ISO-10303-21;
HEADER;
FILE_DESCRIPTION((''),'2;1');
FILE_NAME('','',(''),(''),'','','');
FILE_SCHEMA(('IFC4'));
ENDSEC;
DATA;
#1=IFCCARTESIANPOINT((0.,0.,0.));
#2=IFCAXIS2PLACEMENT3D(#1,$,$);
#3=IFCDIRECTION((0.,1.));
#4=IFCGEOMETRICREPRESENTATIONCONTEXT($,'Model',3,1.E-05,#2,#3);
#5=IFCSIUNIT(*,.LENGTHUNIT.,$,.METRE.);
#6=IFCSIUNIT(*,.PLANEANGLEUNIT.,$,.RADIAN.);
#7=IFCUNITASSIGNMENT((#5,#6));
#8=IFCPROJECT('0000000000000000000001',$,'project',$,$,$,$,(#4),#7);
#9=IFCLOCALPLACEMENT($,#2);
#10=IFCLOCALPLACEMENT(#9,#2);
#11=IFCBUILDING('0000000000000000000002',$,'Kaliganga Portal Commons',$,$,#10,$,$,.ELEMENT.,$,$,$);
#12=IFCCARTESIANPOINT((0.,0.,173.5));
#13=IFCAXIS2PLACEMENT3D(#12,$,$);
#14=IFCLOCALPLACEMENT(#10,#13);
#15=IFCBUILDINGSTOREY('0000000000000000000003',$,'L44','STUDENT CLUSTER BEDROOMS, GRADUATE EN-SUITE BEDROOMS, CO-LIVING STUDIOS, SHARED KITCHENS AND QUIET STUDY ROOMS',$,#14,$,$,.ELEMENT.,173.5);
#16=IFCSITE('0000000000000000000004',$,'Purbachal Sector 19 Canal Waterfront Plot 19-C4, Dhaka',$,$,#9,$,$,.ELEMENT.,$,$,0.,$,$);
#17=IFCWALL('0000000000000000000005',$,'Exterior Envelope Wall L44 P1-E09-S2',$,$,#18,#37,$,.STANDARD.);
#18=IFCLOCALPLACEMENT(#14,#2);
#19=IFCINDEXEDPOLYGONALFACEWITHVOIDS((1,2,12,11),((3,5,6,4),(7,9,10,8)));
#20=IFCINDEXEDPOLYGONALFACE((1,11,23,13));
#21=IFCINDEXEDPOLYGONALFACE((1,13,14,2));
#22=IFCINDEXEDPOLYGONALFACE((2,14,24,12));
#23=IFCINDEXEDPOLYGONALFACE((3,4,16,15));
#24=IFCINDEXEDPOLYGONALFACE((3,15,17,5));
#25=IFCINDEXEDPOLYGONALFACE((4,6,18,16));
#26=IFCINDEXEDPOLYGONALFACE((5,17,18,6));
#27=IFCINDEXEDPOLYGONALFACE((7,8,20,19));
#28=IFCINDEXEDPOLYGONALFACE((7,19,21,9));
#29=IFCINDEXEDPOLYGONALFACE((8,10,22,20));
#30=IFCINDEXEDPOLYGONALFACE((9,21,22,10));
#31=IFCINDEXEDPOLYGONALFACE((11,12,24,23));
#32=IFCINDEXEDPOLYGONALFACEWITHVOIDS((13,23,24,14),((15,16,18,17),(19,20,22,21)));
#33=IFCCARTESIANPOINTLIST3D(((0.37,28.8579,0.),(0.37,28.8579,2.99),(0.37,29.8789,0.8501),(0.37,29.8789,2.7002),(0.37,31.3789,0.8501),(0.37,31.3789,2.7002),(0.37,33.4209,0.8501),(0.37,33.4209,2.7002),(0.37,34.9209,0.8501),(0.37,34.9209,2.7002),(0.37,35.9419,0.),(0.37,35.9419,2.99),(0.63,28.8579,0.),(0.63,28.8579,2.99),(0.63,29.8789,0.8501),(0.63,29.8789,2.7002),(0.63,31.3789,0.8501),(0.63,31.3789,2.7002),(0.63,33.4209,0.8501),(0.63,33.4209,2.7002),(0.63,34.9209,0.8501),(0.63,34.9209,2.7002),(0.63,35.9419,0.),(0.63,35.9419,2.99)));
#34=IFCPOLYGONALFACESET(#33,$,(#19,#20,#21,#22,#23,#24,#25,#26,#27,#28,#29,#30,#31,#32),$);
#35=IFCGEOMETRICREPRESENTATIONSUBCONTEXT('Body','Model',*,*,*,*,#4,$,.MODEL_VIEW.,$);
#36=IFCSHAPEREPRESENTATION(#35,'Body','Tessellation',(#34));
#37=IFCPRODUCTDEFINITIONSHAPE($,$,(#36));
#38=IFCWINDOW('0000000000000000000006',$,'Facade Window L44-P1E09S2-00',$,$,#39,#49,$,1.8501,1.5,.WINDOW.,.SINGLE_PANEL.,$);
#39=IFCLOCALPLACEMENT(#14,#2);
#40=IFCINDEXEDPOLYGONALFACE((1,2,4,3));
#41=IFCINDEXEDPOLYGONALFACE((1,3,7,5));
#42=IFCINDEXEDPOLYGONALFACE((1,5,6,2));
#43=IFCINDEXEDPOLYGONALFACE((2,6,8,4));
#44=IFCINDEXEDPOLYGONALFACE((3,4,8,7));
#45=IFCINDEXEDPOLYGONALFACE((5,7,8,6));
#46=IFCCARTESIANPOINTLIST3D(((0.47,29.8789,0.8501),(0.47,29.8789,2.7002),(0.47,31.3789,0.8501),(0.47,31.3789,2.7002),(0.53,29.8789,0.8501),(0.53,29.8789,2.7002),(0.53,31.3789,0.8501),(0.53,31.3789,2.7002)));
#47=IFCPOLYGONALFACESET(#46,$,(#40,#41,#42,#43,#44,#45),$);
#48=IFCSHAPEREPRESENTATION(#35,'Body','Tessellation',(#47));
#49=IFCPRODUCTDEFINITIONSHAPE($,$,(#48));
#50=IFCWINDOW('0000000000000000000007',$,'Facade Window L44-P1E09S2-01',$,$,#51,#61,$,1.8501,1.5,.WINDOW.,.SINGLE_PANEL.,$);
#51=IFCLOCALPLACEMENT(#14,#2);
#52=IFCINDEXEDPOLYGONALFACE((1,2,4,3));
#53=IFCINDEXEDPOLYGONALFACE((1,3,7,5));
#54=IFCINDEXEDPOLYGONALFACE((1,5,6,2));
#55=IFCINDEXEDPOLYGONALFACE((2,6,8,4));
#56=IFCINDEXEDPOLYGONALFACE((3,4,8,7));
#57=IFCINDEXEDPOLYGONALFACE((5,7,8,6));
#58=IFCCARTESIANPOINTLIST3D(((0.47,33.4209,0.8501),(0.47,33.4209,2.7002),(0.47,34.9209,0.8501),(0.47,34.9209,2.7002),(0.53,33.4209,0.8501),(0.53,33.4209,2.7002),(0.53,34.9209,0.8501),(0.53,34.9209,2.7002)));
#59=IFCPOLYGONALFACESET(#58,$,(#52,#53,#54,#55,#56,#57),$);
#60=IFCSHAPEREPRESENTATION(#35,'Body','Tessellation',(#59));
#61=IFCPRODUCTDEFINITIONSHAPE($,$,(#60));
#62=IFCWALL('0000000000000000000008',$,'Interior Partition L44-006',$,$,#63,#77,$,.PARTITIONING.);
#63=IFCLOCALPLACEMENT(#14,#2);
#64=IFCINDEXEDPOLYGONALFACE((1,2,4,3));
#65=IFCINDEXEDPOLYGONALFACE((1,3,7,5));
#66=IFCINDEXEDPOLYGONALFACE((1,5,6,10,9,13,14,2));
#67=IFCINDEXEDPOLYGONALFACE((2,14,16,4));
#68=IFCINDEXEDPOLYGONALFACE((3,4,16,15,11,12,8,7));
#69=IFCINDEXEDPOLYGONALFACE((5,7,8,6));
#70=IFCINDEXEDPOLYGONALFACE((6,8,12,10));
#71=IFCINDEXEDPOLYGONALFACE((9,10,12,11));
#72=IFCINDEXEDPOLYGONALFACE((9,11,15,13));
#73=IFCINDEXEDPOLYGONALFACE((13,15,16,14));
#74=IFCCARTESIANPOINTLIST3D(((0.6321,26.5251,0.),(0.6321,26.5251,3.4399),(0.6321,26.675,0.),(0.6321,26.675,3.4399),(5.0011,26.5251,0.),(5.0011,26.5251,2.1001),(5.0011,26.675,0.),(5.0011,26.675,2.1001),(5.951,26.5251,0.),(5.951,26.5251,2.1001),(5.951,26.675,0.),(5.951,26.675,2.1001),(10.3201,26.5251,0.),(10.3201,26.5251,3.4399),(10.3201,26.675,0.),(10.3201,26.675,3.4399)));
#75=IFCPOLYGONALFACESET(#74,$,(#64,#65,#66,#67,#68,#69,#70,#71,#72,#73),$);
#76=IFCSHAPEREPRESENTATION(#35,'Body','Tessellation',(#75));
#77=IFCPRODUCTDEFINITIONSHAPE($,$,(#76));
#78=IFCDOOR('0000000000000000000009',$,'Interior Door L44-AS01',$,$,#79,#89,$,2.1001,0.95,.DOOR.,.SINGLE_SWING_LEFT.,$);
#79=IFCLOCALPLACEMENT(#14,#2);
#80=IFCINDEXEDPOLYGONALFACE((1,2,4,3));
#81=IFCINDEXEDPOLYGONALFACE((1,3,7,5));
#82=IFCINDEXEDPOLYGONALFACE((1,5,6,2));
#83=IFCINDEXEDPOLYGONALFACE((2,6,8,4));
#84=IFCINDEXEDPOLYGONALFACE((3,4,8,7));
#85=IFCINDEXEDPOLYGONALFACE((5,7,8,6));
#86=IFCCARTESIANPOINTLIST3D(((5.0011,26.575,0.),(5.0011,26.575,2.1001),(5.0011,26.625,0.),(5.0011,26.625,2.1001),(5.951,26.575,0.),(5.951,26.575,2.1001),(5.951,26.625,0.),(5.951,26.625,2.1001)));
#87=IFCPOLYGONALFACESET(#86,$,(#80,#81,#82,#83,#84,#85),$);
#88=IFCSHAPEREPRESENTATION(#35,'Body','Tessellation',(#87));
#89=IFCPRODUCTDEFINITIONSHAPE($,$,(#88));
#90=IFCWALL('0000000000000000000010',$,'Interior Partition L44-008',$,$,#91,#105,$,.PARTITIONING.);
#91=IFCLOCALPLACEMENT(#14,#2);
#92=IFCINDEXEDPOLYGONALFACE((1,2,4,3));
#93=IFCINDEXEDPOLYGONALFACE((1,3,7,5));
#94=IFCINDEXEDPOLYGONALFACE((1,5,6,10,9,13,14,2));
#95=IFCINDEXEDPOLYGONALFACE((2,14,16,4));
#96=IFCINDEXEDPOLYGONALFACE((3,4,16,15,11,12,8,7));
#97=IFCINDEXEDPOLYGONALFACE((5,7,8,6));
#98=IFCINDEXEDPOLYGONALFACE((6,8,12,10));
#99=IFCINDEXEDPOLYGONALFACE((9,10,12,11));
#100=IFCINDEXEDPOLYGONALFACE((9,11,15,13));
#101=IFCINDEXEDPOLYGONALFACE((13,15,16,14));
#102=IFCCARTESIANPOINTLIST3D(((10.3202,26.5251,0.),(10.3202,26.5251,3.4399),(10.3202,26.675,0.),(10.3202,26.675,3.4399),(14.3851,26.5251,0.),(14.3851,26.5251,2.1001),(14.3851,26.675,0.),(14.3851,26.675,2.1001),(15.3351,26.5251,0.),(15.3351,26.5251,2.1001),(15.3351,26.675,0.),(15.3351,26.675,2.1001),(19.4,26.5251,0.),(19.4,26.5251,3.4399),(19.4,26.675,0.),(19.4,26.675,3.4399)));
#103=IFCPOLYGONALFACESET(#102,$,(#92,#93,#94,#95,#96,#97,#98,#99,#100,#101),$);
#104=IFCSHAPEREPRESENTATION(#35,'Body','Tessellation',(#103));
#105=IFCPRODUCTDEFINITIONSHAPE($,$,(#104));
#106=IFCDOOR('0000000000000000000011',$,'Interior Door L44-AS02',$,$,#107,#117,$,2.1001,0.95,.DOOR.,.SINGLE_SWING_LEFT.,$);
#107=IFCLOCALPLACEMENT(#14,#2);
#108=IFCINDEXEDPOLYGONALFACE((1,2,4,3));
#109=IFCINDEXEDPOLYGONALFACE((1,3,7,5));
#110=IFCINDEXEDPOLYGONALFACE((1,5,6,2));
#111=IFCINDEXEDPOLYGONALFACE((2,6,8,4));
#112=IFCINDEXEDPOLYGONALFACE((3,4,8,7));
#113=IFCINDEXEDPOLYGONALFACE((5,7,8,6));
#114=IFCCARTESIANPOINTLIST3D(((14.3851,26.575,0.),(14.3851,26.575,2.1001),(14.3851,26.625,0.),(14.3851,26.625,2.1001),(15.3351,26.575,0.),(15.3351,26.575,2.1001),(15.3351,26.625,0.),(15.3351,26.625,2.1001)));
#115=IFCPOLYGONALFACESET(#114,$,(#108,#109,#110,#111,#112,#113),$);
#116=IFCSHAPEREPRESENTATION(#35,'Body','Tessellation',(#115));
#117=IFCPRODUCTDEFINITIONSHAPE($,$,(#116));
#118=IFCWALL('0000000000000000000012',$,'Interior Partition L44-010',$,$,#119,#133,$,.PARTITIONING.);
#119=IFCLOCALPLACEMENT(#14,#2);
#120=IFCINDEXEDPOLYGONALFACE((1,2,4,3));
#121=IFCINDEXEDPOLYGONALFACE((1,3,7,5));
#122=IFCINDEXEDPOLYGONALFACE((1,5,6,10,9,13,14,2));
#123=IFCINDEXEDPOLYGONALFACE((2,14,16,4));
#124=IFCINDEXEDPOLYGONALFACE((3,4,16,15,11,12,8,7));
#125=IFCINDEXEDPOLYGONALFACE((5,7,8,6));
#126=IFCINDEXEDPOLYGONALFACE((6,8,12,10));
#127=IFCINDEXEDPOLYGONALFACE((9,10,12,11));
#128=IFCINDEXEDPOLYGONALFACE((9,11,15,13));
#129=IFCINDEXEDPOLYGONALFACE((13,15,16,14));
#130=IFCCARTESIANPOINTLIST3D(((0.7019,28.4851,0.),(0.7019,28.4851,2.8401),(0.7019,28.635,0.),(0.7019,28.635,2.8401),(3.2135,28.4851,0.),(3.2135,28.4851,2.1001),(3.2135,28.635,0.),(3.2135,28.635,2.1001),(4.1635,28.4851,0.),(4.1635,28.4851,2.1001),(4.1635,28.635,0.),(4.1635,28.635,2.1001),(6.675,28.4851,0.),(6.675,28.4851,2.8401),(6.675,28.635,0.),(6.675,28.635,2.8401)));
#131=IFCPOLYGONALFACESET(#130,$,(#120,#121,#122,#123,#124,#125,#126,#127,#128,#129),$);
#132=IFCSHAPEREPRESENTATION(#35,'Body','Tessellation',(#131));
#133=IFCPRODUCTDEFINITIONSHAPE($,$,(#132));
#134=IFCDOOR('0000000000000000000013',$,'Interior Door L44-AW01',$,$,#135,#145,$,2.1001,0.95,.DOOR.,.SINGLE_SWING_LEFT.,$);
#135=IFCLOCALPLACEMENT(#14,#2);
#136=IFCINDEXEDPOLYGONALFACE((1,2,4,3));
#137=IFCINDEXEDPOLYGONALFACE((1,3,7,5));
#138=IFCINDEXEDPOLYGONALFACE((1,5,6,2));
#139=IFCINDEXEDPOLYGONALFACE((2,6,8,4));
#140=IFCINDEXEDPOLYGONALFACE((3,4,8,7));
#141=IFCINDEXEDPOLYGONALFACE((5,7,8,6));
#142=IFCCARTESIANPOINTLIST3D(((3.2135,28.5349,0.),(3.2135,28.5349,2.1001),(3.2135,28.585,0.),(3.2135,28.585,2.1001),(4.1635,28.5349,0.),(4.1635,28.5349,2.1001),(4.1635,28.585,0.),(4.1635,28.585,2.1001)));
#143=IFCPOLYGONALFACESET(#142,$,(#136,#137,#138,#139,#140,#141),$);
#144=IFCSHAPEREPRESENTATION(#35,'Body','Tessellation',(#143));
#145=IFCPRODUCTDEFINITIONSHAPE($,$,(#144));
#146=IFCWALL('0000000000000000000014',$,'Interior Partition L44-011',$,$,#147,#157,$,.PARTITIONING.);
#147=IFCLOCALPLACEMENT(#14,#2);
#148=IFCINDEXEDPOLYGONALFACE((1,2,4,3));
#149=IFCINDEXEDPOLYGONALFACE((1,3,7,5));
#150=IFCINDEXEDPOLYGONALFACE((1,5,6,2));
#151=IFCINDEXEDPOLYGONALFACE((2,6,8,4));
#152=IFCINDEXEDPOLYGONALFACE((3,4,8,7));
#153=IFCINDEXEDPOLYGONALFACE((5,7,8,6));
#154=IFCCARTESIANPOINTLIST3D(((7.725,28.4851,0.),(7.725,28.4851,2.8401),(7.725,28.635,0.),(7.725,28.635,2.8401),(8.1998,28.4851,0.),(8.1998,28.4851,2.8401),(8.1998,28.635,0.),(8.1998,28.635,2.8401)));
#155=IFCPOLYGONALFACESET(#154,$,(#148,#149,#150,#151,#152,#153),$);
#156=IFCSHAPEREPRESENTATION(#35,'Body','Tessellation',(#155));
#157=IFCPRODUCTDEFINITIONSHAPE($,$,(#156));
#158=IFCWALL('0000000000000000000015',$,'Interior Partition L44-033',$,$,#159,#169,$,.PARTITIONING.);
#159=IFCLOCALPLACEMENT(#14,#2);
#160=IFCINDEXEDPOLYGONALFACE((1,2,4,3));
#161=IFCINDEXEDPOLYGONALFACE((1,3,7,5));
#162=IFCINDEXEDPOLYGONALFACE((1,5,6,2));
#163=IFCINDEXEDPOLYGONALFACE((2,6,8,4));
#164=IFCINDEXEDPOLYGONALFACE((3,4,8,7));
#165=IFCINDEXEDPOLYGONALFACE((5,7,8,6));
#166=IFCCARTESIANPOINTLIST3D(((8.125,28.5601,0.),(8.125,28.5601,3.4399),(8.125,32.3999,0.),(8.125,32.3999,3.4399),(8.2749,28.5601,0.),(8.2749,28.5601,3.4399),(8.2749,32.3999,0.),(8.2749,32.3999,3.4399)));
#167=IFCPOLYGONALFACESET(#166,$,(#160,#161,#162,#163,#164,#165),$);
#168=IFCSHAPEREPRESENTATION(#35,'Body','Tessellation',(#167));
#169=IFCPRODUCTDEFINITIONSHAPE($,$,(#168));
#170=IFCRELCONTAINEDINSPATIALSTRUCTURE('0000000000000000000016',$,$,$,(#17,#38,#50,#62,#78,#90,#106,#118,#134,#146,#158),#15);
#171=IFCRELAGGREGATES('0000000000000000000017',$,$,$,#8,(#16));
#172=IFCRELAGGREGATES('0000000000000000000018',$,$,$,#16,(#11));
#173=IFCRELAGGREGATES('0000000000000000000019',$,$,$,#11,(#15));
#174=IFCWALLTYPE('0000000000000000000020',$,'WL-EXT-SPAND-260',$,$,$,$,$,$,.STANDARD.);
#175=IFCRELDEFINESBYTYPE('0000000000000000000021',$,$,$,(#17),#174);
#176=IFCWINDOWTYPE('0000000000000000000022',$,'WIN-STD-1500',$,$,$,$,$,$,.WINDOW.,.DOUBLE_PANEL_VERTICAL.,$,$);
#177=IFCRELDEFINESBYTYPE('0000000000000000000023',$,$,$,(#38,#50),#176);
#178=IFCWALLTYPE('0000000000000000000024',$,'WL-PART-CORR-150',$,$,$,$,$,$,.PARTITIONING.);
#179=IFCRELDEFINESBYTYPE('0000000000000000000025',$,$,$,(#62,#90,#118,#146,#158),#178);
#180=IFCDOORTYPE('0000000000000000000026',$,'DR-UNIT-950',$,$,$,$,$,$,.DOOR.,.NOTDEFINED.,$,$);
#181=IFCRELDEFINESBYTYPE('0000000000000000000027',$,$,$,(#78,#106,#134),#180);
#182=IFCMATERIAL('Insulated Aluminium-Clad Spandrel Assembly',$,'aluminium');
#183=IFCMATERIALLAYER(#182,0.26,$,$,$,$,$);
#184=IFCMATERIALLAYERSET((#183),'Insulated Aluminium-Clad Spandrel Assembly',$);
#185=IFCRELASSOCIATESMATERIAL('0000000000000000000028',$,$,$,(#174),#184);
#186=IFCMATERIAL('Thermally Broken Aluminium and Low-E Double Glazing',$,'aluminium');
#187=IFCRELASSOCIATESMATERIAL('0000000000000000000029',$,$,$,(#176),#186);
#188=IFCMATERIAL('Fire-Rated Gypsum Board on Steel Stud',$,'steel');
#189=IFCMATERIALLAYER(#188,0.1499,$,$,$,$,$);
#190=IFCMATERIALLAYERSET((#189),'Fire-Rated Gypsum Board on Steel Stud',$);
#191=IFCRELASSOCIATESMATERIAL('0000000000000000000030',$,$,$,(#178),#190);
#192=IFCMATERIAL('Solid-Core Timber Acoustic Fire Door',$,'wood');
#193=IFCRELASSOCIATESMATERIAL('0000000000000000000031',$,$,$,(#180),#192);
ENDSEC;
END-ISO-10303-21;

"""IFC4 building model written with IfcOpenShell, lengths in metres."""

from ifc_helpers import new_model, si_unit, direction, frame, frame_2d, origin, place, context, subcontext, project, spatial, rectangle, extrude, material, layer, layer_set, type_object, element, fill, save


model = new_model("IFC4")

# Units and contexts
model_context = context("Model", 3, precision=1e-05, world=origin(), true_north=direction((0.0, 1.0)))
body_context = subcontext(model_context, "Body", "Model", "MODEL_VIEW")
ifc_project = project(units=[si_unit("LENGTHUNIT", "METRE"), si_unit("PLANEANGLEUNIT", "RADIAN")], contexts=[model_context])

# Site, building, storey
site_placement = place(None, origin())
site = spatial("IfcSite", under=ifc_project, at=site_placement, Name="Purbachal Sector 19 Canal Waterfront Plot 19-C4, Dhaka", CompositionType="ELEMENT", RefElevation=0.0)
building_placement = place(site_placement, origin())
building = spatial("IfcBuilding", under=site, at=building_placement, Name="Kaliganga Portal Commons", CompositionType="ELEMENT")
storey_placement = place(building_placement, frame((0.0, 0.0, 173.5)))
storey = spatial("IfcBuildingStorey", under=building, at=storey_placement, Name="L44", Description="STUDENT CLUSTER BEDROOMS, GRADUATE EN-SUITE BEDROOMS, CO-LIVING STUDIOS, SHARED KITCHENS AND QUIET STUDY ROOMS", CompositionType="ELEMENT", Elevation=173.5)

# Wall, openings, windows
ifc_material_1 = material(Name="Insulated Aluminium-Clad Spandrel Assembly", Category="aluminium")
ifc_layer_1 = layer(ifc_material_1, 0.26)
ifc_layer_set_1 = layer_set([ifc_layer_1], Name="Insulated Aluminium-Clad Spandrel Assembly")
wall_type_1 = type_object("IfcWallType", Name="WL-EXT-SPAND-260", PredefinedType="STANDARD", material=ifc_layer_set_1)
wall_1_placement = place(storey_placement, frame((0.5, 28.8579, 0.0), z_axis=(0.0, 0.0, 1.0), x_axis=(0.0, 1.0, 0.0)))
wall_1 = element("IfcWall", 1, at=wall_1_placement, inside=storey, type_object=wall_type_1, Name="Exterior Envelope Wall L44 P1-E09-S2", PredefinedType="STANDARD", context=body_context, shape_type="SweptSolid", body=[
    extrude(rectangle(XDim=7.084, YDim=0.26, at=frame_2d((3.542, 0.0))), origin(), (0.0, 0.0, 1.0), 2.99),
])
opening_1_placement = place(wall_1_placement, frame((1.021, 0.0, 0.8501)))
opening_1 = element("IfcOpeningElement", 2, at=opening_1_placement, cuts=wall_1, PredefinedType="OPENING", context=body_context, shape_type="SweptSolid", body=[
    extrude(rectangle(XDim=1.5, YDim=1.8501, at=frame_2d((0.75, 0.925))), frame((0.0, 0.1401, 0.0), z_axis=(0.0, -1.0, 0.0), x_axis=(1.0, 0.0, 0.0)), (0.0, 0.0, 1.0), 0.28),
])
opening_2_placement = place(wall_1_placement, frame((4.563, 0.0, 0.8501)))
opening_2 = element("IfcOpeningElement", 3, at=opening_2_placement, cuts=wall_1, PredefinedType="OPENING", context=body_context, shape_type="SweptSolid", body=[
    extrude(rectangle(XDim=1.5, YDim=1.8501, at=frame_2d((0.75, 0.925))), frame((0.0, 0.1401, 0.0), z_axis=(0.0, -1.0, 0.0), x_axis=(1.0, 0.0, 0.0)), (0.0, 0.0, 1.0), 0.28),
])
ifc_material_2 = material(Name="Thermally Broken Aluminium and Low-E Double Glazing", Category="aluminium")
window_type = type_object("IfcWindowType", Name="WIN-STD-1500", PartitioningType="DOUBLE_PANEL_VERTICAL", PredefinedType="WINDOW", material=ifc_material_2)
window_1_placement = place(opening_1_placement, origin())
window_1 = element("IfcWindow", 4, at=window_1_placement, inside=storey, type_object=window_type, Name="Facade Window L44-P1E09S2-00", OverallHeight=1.8501, OverallWidth=1.5, PartitioningType="SINGLE_PANEL", PredefinedType="WINDOW", context=body_context, shape_type="SweptSolid", body=[
    extrude(rectangle(XDim=1.5, YDim=1.8501, at=frame_2d((0.75, 0.925))), frame((0.0, 0.03, 0.0), z_axis=(0.0, -1.0, 0.0), x_axis=(1.0, 0.0, 0.0)), (0.0, 0.0, 1.0), 0.0601),
])
fill(opening_1, window_1)
window_2_placement = place(opening_2_placement, origin())
window_2 = element("IfcWindow", 5, at=window_2_placement, inside=storey, type_object=window_type, Name="Facade Window L44-P1E09S2-01", OverallHeight=1.8501, OverallWidth=1.5, PartitioningType="SINGLE_PANEL", PredefinedType="WINDOW", context=body_context, shape_type="SweptSolid", body=[
    extrude(rectangle(XDim=1.5, YDim=1.8501, at=frame_2d((0.75, 0.925))), frame((0.0, 0.03, 0.0), z_axis=(0.0, -1.0, 0.0), x_axis=(1.0, 0.0, 0.0)), (0.0, 0.0, 1.0), 0.0601),
])
fill(opening_2, window_2)

# Walls, openings, doors
ifc_material_3 = material(Name="Fire-Rated Gypsum Board on Steel Stud", Category="steel")
ifc_layer_2 = layer(ifc_material_3, 0.1499)
ifc_layer_set_2 = layer_set([ifc_layer_2], Name="Fire-Rated Gypsum Board on Steel Stud")
wall_type_2 = type_object("IfcWallType", Name="WL-PART-CORR-150", PredefinedType="PARTITIONING", material=ifc_layer_set_2)
wall_2_placement = place(storey_placement, frame((0.6321, 26.6001, 0.0), z_axis=(0.0, 0.0, 1.0), x_axis=(1.0, 0.0, 0.0)))
wall_2 = element("IfcWall", 6, at=wall_2_placement, inside=storey, type_object=wall_type_2, Name="Interior Partition L44-006", PredefinedType="PARTITIONING", context=body_context, shape_type="SweptSolid", body=[
    extrude(rectangle(XDim=9.688, YDim=0.1499, at=frame_2d((4.844, 0.0))), origin(), (0.0, 0.0, 1.0), 3.4399),
])
opening_3_placement = place(wall_2_placement, frame((4.3689, 0.0, 0.0)))
opening_3 = element("IfcOpeningElement", 7, at=opening_3_placement, cuts=wall_2, PredefinedType="OPENING", context=body_context, shape_type="SweptSolid", body=[
    extrude(rectangle(XDim=0.95, YDim=2.1001, at=frame_2d((0.4751, 1.05))), frame((0.0, 0.085, 0.0), z_axis=(0.0, -1.0, 0.0), x_axis=(1.0, 0.0, 0.0)), (0.0, 0.0, 1.0), 0.1699),
])
ifc_material_4 = material(Name="Solid-Core Timber Acoustic Fire Door", Category="wood")
door_type_1 = type_object("IfcDoorType", Name="DR-UNIT-950", OperationType="NOTDEFINED", PredefinedType="DOOR", material=ifc_material_4)
door_1_placement = place(opening_3_placement, origin())
door_1 = element("IfcDoor", 8, at=door_1_placement, inside=storey, type_object=door_type_1, Name="Interior Door L44-AS01", OperationType="SINGLE_SWING_LEFT", OverallHeight=2.1001, OverallWidth=0.95, PredefinedType="DOOR", context=body_context, shape_type="SweptSolid", body=[
    extrude(rectangle(XDim=0.95, YDim=2.1001, at=frame_2d((0.4751, 1.05))), frame((0.0, 0.0249, 0.0), z_axis=(0.0, -1.0, 0.0), x_axis=(1.0, 0.0, 0.0)), (0.0, 0.0, 1.0), 0.05),
])
fill(opening_3, door_1)
wall_3_placement = place(storey_placement, frame((10.3201, 26.6001, 0.0), z_axis=(0.0, 0.0, 1.0), x_axis=(1.0, 0.0, 0.0)))
wall_3 = element("IfcWall", 9, at=wall_3_placement, inside=storey, type_object=wall_type_2, Name="Interior Partition L44-008", PredefinedType="PARTITIONING", context=body_context, shape_type="SweptSolid", body=[
    extrude(rectangle(XDim=9.0798, YDim=0.1499, at=frame_2d((4.54, 0.0))), origin(), (0.0, 0.0, 1.0), 3.4399),
])
opening_4_placement = place(wall_3_placement, frame((4.0649, 0.0, 0.0)))
opening_4 = element("IfcOpeningElement", 10, at=opening_4_placement, cuts=wall_3, PredefinedType="OPENING", context=body_context, shape_type="SweptSolid", body=[
    extrude(rectangle(XDim=0.95, YDim=2.1001, at=frame_2d((0.4751, 1.05))), frame((0.0, 0.085, 0.0), z_axis=(0.0, -1.0, 0.0), x_axis=(1.0, 0.0, 0.0)), (0.0, 0.0, 1.0), 0.1699),
])
door_2_placement = place(opening_4_placement, origin())
door_2 = element("IfcDoor", 11, at=door_2_placement, inside=storey, type_object=door_type_1, Name="Interior Door L44-AS02", OperationType="SINGLE_SWING_LEFT", OverallHeight=2.1001, OverallWidth=0.95, PredefinedType="DOOR", context=body_context, shape_type="SweptSolid", body=[
    extrude(rectangle(XDim=0.95, YDim=2.1001, at=frame_2d((0.4751, 1.05))), frame((0.0, 0.0249, 0.0), z_axis=(0.0, -1.0, 0.0), x_axis=(1.0, 0.0, 0.0)), (0.0, 0.0, 1.0), 0.05),
])
fill(opening_4, door_2)
wall_4_placement = place(storey_placement, frame((0.7019, 28.5601, 0.0), z_axis=(0.0, 0.0, 1.0), x_axis=(1.0, 0.0, 0.0)))
wall_4 = element("IfcWall", 12, at=wall_4_placement, inside=storey, type_object=wall_type_2, Name="Interior Partition L44-010", PredefinedType="PARTITIONING", context=body_context, shape_type="SweptSolid", body=[
    extrude(rectangle(XDim=5.9731, YDim=0.1499, at=frame_2d((2.9866, 0.0))), origin(), (0.0, 0.0, 1.0), 2.8401),
])
opening_5_placement = place(wall_4_placement, frame((2.5115, 0.0, 0.0)))
opening_5 = element("IfcOpeningElement", 13, at=opening_5_placement, cuts=wall_4, PredefinedType="OPENING", context=body_context, shape_type="SweptSolid", body=[
    extrude(rectangle(XDim=0.95, YDim=2.1001, at=frame_2d((0.4751, 1.05))), frame((0.0, 0.085, 0.0), z_axis=(0.0, -1.0, 0.0), x_axis=(1.0, 0.0, 0.0)), (0.0, 0.0, 1.0), 0.1699),
])
door_3_placement = place(opening_5_placement, origin())
door_3 = element("IfcDoor", 14, at=door_3_placement, inside=storey, type_object=door_type_1, Name="Interior Door L44-AW01", OperationType="SINGLE_SWING_LEFT", OverallHeight=2.1001, OverallWidth=0.95, PredefinedType="DOOR", context=body_context, shape_type="SweptSolid", body=[
    extrude(rectangle(XDim=0.95, YDim=2.1001, at=frame_2d((0.4751, 1.05))), frame((0.0, 0.0249, 0.0), z_axis=(0.0, -1.0, 0.0), x_axis=(1.0, 0.0, 0.0)), (0.0, 0.0, 1.0), 0.05),
])
fill(opening_5, door_3)

# Walls
wall_5_placement = place(storey_placement, frame((7.7251, 28.5601, 0.0), z_axis=(0.0, 0.0, 1.0), x_axis=(1.0, 0.0, 0.0)))
element("IfcWall", 15, at=wall_5_placement, inside=storey, type_object=wall_type_2, Name="Interior Partition L44-011", PredefinedType="PARTITIONING", context=body_context, shape_type="SweptSolid", body=[
    extrude(rectangle(XDim=0.4749, YDim=0.1499, at=frame_2d((0.2373, 0.0))), origin(), (0.0, 0.0, 1.0), 2.8401),
])
wall_6_placement = place(storey_placement, frame((8.2, 28.5601, 0.0), z_axis=(0.0, 0.0, 1.0), x_axis=(0.0, 1.0, 0.0)))
element("IfcWall", 16, at=wall_6_placement, inside=storey, type_object=wall_type_2, Name="Interior Partition L44-033", PredefinedType="PARTITIONING", context=body_context, shape_type="SweptSolid", body=[
    extrude(rectangle(XDim=3.8398, YDim=0.1499, at=frame_2d((1.9199, 0.0))), origin(), (0.0, 0.0, 1.0), 3.4399),
])

save(model, "model.ifc")
